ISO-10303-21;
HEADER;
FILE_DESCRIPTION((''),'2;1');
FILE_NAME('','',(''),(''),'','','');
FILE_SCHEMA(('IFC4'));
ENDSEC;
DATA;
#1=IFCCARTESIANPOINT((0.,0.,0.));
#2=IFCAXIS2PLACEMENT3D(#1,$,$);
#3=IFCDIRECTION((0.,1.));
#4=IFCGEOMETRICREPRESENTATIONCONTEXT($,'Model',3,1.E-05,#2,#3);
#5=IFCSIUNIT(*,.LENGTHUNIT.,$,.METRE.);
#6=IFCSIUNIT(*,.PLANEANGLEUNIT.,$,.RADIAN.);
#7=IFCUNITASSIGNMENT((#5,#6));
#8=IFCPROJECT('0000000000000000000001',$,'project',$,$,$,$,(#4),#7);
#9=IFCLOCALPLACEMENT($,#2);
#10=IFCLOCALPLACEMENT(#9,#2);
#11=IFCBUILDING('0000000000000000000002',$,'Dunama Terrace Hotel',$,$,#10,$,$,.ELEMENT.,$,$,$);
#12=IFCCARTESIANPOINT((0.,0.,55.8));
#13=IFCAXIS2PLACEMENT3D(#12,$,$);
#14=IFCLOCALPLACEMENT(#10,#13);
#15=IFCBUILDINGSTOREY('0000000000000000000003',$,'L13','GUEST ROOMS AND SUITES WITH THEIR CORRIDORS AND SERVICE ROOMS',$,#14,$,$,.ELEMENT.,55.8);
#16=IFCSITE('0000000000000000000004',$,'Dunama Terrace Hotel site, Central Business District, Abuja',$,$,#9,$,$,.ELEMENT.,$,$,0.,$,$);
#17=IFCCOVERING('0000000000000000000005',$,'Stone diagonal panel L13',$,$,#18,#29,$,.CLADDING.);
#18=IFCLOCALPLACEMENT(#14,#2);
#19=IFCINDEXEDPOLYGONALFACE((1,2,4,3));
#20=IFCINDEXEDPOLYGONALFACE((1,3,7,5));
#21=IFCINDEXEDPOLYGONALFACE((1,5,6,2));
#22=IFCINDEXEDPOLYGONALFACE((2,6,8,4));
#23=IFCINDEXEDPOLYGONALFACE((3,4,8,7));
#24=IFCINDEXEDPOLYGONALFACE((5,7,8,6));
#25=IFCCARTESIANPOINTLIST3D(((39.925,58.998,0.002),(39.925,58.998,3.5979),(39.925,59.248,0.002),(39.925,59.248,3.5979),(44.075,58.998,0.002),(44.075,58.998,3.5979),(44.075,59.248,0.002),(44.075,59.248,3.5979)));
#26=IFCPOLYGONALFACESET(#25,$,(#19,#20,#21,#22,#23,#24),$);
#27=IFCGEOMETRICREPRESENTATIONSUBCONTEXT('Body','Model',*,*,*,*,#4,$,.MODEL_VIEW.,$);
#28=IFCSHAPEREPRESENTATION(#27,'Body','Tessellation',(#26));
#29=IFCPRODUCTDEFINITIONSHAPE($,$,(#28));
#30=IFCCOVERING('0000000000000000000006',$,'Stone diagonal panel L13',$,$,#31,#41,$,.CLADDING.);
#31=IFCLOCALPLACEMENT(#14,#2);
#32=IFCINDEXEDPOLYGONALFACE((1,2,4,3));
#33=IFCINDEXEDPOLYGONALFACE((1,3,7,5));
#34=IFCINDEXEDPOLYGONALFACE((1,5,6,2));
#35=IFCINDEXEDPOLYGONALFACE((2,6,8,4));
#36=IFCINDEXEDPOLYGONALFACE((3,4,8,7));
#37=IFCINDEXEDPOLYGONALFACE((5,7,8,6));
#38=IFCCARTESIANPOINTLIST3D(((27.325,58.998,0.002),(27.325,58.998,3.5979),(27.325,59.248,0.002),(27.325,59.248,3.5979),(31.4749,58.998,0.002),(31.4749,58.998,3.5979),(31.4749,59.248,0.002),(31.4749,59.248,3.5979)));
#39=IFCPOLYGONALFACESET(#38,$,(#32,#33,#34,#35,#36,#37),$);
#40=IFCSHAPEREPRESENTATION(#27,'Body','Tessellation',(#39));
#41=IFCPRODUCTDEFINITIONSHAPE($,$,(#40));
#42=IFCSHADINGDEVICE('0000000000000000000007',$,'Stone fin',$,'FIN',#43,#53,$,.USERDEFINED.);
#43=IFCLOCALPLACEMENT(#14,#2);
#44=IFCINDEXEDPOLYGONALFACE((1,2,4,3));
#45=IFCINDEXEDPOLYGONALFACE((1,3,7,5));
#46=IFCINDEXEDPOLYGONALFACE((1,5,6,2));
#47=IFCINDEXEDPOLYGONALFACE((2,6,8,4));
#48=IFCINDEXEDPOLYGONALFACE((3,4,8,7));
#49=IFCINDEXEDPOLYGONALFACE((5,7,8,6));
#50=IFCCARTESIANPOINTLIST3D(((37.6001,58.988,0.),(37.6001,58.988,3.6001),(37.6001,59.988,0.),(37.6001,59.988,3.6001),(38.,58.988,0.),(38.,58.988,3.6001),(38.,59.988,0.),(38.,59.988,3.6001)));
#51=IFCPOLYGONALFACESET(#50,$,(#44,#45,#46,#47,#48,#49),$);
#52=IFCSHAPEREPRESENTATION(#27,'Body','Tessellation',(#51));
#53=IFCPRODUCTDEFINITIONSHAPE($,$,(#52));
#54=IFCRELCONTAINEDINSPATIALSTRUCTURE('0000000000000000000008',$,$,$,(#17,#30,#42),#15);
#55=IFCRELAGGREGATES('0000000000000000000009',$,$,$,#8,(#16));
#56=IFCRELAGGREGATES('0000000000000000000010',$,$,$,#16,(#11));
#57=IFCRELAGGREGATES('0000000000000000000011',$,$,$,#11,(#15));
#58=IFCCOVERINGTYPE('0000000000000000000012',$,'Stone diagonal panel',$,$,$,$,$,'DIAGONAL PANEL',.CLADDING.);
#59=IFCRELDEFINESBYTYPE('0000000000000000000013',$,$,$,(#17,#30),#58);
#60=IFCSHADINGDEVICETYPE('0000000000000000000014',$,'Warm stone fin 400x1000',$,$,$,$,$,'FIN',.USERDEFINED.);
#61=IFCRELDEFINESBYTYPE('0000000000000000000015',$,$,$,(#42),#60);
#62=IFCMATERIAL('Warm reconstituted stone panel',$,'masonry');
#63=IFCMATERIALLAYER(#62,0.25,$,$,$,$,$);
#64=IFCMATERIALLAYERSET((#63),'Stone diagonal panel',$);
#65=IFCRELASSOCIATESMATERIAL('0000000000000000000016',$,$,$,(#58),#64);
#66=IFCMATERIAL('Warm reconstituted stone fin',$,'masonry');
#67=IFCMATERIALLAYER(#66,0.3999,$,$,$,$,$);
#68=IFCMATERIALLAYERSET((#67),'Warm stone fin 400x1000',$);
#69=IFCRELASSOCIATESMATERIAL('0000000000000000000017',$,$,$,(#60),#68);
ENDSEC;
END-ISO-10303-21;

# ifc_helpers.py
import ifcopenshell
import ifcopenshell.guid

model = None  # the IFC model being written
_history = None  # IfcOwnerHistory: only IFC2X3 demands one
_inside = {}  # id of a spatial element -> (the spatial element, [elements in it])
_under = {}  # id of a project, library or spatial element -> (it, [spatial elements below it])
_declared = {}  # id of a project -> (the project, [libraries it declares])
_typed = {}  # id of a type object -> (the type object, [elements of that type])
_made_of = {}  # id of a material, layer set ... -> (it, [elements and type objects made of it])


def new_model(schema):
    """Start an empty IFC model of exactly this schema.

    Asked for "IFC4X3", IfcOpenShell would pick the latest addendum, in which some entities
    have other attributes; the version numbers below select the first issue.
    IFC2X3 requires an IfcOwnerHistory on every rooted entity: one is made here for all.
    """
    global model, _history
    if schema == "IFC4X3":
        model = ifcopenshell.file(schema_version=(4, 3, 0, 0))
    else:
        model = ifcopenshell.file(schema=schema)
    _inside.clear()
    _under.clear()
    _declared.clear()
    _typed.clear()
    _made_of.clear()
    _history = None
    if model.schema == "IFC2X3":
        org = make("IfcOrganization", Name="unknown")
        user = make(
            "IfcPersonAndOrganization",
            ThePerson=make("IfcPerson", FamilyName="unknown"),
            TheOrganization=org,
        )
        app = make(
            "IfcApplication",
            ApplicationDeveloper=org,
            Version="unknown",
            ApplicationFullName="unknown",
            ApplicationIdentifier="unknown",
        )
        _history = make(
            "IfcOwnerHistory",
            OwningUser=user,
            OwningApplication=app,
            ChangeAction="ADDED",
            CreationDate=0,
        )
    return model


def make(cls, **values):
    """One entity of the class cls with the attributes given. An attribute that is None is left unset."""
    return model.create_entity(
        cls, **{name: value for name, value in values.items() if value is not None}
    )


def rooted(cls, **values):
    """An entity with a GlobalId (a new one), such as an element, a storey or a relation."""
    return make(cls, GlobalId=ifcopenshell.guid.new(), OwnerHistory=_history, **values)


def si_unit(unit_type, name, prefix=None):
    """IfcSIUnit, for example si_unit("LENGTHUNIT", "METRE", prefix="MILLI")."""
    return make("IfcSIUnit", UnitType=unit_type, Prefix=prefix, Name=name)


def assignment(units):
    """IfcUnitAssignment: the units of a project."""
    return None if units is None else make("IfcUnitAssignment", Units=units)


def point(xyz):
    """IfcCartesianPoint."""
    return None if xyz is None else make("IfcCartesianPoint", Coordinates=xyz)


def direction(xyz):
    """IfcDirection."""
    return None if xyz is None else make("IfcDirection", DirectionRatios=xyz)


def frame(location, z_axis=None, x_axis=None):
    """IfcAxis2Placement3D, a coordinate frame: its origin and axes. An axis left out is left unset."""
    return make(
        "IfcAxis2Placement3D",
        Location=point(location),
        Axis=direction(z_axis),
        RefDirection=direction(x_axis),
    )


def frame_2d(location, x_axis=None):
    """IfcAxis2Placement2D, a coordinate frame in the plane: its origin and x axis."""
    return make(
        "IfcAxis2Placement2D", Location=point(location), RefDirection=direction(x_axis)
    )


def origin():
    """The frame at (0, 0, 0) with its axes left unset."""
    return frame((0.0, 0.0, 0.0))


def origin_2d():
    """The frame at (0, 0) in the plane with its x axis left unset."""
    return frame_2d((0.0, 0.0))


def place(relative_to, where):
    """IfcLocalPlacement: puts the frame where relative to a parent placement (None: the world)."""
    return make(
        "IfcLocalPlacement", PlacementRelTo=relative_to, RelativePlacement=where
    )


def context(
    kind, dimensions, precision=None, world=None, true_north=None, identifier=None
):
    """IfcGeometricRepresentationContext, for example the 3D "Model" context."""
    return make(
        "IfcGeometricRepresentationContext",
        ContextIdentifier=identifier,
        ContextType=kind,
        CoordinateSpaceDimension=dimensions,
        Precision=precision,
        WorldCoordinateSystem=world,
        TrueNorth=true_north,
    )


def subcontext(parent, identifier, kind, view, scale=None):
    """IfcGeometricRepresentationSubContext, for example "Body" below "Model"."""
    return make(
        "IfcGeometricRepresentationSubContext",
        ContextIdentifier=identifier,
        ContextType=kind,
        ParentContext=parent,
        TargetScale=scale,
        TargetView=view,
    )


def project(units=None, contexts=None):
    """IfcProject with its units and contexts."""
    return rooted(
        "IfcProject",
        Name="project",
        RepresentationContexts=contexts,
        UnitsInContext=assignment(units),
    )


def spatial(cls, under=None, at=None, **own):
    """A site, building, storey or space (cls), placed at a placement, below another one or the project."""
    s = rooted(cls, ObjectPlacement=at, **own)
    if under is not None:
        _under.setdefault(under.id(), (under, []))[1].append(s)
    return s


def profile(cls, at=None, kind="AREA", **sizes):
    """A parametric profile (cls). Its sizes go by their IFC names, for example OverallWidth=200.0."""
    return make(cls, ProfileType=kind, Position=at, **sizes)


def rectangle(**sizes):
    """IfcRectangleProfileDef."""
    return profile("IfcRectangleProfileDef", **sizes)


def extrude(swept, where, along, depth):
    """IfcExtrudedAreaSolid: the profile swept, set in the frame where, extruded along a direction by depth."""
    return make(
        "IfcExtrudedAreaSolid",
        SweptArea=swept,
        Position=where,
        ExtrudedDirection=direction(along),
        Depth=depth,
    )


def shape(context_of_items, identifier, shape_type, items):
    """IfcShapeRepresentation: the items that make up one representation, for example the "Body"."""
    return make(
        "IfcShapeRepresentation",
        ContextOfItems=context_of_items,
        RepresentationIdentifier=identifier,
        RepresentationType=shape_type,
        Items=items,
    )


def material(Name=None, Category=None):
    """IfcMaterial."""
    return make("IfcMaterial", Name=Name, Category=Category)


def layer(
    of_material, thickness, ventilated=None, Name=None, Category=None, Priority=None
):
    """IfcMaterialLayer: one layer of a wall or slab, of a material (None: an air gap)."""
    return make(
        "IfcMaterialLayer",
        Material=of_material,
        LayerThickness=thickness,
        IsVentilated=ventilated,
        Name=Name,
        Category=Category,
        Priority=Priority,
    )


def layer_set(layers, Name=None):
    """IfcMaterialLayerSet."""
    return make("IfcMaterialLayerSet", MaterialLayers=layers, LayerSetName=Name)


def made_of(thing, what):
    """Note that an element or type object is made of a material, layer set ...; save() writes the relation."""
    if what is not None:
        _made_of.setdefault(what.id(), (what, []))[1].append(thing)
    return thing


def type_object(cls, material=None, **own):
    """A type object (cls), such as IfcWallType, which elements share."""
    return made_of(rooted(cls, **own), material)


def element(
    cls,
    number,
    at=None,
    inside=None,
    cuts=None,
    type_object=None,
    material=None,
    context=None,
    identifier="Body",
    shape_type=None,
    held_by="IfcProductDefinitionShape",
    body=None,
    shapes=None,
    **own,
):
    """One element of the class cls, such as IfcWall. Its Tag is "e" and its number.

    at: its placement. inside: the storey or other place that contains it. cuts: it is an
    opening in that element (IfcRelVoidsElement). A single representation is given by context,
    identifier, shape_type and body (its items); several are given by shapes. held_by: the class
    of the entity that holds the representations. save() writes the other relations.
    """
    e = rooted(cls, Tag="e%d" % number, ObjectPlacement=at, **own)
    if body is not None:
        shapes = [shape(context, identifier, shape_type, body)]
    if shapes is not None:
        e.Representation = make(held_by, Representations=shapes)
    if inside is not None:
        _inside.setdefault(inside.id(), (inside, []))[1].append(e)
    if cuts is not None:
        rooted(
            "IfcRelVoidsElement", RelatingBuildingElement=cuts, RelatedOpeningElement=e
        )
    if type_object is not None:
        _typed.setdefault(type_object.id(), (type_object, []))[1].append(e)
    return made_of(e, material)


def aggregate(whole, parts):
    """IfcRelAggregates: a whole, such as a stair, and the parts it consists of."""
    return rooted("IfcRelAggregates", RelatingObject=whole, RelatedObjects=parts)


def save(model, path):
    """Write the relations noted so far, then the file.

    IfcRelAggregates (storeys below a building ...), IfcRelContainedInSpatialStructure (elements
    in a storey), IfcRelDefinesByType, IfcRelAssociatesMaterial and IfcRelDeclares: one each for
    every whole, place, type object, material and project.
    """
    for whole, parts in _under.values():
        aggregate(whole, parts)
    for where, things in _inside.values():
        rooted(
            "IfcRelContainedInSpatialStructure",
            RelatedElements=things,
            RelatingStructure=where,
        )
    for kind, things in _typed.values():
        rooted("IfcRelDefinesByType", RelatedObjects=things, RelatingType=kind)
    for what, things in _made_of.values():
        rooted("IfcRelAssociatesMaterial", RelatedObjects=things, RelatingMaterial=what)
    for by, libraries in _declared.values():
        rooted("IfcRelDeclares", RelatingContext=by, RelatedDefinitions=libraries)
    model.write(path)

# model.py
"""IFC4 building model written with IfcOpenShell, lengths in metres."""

from ifc_helpers import new_model, si_unit, direction, frame, origin, origin_2d, place, context, subcontext, project, spatial, rectangle, extrude, material, layer, layer_set, type_object, element, save


model = new_model("IFC4")

# Units and contexts
model_context = context("Model", 3, precision=1e-05, world=origin(), true_north=direction((0.0, 1.0)))
body_context = subcontext(model_context, "Body", "Model", "MODEL_VIEW")
ifc_project = project(units=[si_unit("LENGTHUNIT", "METRE"), si_unit("PLANEANGLEUNIT", "RADIAN")], contexts=[model_context])

# Site, building, storey
site_placement = place(None, origin())
site = spatial("IfcSite", under=ifc_project, at=site_placement, Name="Dunama Terrace Hotel site, Central Business District, Abuja", CompositionType="ELEMENT", RefElevation=0.0)
building_placement = place(site_placement, origin())
building = spatial("IfcBuilding", under=site, at=building_placement, Name="Dunama Terrace Hotel", CompositionType="ELEMENT")
storey_placement = place(building_placement, frame((0.0, 0.0, 55.8)))
storey = spatial("IfcBuildingStorey", under=building, at=storey_placement, Name="L13", Description="GUEST ROOMS AND SUITES WITH THEIR CORRIDORS AND SERVICE ROOMS", CompositionType="ELEMENT", Elevation=55.8)

# Coverings
ifc_material_1 = material(Name="Warm reconstituted stone panel", Category="masonry")
ifc_layer_1 = layer(ifc_material_1, 0.25)
ifc_layer_set_1 = layer_set([ifc_layer_1], Name="Stone diagonal panel")
covering_type = type_object("IfcCoveringType", Name="Stone diagonal panel", ElementType="DIAGONAL PANEL", PredefinedType="CLADDING", material=ifc_layer_set_1)
for number, where, z_axis, x_axis, name in (
    (1, (42.0, 59.123, 0.002), (0.0, 0.0, 1.0), (-1.0, 0.0, 0.0), "Stone diagonal panel L13"),
    (2, (29.3999, 59.123, 0.002), (0.0, 0.0, 1.0), (-1.0, 0.0, 0.0), "Stone diagonal panel L13"),
):
    element("IfcCovering", number, at=place(storey_placement, frame(where, z_axis=z_axis, x_axis=x_axis)), inside=storey, type_object=covering_type, Name=name, PredefinedType="CLADDING", context=body_context, shape_type="SweptSolid", body=[
        extrude(rectangle(XDim=4.1499, YDim=0.25, at=origin_2d()), origin(), (0.0, 0.0, 1.0), 3.5959),
    ])

# Shading device
ifc_material_2 = material(Name="Warm reconstituted stone fin", Category="masonry")
ifc_layer_2 = layer(ifc_material_2, 0.3999)
ifc_layer_set_2 = layer_set([ifc_layer_2], Name="Warm stone fin 400x1000")
shading_device_type = type_object("IfcShadingDeviceType", Name="Warm stone fin 400x1000", ElementType="FIN", PredefinedType="USERDEFINED", material=ifc_layer_set_2)
shading_device_placement = place(storey_placement, frame((37.8, 59.488, 0.0), z_axis=(0.0, 0.0, 1.0), x_axis=(-1.0, 0.0, 0.0)))
element("IfcShadingDevice", 3, at=shading_device_placement, inside=storey, type_object=shading_device_type, Name="Stone fin", ObjectType="FIN", PredefinedType="USERDEFINED", context=body_context, shape_type="SweptSolid", body=[
    extrude(rectangle(XDim=0.3999, YDim=1.0, at=origin_2d()), origin(), (0.0, 0.0, 1.0), 3.6001),
])

save(model, "model.ifc")
